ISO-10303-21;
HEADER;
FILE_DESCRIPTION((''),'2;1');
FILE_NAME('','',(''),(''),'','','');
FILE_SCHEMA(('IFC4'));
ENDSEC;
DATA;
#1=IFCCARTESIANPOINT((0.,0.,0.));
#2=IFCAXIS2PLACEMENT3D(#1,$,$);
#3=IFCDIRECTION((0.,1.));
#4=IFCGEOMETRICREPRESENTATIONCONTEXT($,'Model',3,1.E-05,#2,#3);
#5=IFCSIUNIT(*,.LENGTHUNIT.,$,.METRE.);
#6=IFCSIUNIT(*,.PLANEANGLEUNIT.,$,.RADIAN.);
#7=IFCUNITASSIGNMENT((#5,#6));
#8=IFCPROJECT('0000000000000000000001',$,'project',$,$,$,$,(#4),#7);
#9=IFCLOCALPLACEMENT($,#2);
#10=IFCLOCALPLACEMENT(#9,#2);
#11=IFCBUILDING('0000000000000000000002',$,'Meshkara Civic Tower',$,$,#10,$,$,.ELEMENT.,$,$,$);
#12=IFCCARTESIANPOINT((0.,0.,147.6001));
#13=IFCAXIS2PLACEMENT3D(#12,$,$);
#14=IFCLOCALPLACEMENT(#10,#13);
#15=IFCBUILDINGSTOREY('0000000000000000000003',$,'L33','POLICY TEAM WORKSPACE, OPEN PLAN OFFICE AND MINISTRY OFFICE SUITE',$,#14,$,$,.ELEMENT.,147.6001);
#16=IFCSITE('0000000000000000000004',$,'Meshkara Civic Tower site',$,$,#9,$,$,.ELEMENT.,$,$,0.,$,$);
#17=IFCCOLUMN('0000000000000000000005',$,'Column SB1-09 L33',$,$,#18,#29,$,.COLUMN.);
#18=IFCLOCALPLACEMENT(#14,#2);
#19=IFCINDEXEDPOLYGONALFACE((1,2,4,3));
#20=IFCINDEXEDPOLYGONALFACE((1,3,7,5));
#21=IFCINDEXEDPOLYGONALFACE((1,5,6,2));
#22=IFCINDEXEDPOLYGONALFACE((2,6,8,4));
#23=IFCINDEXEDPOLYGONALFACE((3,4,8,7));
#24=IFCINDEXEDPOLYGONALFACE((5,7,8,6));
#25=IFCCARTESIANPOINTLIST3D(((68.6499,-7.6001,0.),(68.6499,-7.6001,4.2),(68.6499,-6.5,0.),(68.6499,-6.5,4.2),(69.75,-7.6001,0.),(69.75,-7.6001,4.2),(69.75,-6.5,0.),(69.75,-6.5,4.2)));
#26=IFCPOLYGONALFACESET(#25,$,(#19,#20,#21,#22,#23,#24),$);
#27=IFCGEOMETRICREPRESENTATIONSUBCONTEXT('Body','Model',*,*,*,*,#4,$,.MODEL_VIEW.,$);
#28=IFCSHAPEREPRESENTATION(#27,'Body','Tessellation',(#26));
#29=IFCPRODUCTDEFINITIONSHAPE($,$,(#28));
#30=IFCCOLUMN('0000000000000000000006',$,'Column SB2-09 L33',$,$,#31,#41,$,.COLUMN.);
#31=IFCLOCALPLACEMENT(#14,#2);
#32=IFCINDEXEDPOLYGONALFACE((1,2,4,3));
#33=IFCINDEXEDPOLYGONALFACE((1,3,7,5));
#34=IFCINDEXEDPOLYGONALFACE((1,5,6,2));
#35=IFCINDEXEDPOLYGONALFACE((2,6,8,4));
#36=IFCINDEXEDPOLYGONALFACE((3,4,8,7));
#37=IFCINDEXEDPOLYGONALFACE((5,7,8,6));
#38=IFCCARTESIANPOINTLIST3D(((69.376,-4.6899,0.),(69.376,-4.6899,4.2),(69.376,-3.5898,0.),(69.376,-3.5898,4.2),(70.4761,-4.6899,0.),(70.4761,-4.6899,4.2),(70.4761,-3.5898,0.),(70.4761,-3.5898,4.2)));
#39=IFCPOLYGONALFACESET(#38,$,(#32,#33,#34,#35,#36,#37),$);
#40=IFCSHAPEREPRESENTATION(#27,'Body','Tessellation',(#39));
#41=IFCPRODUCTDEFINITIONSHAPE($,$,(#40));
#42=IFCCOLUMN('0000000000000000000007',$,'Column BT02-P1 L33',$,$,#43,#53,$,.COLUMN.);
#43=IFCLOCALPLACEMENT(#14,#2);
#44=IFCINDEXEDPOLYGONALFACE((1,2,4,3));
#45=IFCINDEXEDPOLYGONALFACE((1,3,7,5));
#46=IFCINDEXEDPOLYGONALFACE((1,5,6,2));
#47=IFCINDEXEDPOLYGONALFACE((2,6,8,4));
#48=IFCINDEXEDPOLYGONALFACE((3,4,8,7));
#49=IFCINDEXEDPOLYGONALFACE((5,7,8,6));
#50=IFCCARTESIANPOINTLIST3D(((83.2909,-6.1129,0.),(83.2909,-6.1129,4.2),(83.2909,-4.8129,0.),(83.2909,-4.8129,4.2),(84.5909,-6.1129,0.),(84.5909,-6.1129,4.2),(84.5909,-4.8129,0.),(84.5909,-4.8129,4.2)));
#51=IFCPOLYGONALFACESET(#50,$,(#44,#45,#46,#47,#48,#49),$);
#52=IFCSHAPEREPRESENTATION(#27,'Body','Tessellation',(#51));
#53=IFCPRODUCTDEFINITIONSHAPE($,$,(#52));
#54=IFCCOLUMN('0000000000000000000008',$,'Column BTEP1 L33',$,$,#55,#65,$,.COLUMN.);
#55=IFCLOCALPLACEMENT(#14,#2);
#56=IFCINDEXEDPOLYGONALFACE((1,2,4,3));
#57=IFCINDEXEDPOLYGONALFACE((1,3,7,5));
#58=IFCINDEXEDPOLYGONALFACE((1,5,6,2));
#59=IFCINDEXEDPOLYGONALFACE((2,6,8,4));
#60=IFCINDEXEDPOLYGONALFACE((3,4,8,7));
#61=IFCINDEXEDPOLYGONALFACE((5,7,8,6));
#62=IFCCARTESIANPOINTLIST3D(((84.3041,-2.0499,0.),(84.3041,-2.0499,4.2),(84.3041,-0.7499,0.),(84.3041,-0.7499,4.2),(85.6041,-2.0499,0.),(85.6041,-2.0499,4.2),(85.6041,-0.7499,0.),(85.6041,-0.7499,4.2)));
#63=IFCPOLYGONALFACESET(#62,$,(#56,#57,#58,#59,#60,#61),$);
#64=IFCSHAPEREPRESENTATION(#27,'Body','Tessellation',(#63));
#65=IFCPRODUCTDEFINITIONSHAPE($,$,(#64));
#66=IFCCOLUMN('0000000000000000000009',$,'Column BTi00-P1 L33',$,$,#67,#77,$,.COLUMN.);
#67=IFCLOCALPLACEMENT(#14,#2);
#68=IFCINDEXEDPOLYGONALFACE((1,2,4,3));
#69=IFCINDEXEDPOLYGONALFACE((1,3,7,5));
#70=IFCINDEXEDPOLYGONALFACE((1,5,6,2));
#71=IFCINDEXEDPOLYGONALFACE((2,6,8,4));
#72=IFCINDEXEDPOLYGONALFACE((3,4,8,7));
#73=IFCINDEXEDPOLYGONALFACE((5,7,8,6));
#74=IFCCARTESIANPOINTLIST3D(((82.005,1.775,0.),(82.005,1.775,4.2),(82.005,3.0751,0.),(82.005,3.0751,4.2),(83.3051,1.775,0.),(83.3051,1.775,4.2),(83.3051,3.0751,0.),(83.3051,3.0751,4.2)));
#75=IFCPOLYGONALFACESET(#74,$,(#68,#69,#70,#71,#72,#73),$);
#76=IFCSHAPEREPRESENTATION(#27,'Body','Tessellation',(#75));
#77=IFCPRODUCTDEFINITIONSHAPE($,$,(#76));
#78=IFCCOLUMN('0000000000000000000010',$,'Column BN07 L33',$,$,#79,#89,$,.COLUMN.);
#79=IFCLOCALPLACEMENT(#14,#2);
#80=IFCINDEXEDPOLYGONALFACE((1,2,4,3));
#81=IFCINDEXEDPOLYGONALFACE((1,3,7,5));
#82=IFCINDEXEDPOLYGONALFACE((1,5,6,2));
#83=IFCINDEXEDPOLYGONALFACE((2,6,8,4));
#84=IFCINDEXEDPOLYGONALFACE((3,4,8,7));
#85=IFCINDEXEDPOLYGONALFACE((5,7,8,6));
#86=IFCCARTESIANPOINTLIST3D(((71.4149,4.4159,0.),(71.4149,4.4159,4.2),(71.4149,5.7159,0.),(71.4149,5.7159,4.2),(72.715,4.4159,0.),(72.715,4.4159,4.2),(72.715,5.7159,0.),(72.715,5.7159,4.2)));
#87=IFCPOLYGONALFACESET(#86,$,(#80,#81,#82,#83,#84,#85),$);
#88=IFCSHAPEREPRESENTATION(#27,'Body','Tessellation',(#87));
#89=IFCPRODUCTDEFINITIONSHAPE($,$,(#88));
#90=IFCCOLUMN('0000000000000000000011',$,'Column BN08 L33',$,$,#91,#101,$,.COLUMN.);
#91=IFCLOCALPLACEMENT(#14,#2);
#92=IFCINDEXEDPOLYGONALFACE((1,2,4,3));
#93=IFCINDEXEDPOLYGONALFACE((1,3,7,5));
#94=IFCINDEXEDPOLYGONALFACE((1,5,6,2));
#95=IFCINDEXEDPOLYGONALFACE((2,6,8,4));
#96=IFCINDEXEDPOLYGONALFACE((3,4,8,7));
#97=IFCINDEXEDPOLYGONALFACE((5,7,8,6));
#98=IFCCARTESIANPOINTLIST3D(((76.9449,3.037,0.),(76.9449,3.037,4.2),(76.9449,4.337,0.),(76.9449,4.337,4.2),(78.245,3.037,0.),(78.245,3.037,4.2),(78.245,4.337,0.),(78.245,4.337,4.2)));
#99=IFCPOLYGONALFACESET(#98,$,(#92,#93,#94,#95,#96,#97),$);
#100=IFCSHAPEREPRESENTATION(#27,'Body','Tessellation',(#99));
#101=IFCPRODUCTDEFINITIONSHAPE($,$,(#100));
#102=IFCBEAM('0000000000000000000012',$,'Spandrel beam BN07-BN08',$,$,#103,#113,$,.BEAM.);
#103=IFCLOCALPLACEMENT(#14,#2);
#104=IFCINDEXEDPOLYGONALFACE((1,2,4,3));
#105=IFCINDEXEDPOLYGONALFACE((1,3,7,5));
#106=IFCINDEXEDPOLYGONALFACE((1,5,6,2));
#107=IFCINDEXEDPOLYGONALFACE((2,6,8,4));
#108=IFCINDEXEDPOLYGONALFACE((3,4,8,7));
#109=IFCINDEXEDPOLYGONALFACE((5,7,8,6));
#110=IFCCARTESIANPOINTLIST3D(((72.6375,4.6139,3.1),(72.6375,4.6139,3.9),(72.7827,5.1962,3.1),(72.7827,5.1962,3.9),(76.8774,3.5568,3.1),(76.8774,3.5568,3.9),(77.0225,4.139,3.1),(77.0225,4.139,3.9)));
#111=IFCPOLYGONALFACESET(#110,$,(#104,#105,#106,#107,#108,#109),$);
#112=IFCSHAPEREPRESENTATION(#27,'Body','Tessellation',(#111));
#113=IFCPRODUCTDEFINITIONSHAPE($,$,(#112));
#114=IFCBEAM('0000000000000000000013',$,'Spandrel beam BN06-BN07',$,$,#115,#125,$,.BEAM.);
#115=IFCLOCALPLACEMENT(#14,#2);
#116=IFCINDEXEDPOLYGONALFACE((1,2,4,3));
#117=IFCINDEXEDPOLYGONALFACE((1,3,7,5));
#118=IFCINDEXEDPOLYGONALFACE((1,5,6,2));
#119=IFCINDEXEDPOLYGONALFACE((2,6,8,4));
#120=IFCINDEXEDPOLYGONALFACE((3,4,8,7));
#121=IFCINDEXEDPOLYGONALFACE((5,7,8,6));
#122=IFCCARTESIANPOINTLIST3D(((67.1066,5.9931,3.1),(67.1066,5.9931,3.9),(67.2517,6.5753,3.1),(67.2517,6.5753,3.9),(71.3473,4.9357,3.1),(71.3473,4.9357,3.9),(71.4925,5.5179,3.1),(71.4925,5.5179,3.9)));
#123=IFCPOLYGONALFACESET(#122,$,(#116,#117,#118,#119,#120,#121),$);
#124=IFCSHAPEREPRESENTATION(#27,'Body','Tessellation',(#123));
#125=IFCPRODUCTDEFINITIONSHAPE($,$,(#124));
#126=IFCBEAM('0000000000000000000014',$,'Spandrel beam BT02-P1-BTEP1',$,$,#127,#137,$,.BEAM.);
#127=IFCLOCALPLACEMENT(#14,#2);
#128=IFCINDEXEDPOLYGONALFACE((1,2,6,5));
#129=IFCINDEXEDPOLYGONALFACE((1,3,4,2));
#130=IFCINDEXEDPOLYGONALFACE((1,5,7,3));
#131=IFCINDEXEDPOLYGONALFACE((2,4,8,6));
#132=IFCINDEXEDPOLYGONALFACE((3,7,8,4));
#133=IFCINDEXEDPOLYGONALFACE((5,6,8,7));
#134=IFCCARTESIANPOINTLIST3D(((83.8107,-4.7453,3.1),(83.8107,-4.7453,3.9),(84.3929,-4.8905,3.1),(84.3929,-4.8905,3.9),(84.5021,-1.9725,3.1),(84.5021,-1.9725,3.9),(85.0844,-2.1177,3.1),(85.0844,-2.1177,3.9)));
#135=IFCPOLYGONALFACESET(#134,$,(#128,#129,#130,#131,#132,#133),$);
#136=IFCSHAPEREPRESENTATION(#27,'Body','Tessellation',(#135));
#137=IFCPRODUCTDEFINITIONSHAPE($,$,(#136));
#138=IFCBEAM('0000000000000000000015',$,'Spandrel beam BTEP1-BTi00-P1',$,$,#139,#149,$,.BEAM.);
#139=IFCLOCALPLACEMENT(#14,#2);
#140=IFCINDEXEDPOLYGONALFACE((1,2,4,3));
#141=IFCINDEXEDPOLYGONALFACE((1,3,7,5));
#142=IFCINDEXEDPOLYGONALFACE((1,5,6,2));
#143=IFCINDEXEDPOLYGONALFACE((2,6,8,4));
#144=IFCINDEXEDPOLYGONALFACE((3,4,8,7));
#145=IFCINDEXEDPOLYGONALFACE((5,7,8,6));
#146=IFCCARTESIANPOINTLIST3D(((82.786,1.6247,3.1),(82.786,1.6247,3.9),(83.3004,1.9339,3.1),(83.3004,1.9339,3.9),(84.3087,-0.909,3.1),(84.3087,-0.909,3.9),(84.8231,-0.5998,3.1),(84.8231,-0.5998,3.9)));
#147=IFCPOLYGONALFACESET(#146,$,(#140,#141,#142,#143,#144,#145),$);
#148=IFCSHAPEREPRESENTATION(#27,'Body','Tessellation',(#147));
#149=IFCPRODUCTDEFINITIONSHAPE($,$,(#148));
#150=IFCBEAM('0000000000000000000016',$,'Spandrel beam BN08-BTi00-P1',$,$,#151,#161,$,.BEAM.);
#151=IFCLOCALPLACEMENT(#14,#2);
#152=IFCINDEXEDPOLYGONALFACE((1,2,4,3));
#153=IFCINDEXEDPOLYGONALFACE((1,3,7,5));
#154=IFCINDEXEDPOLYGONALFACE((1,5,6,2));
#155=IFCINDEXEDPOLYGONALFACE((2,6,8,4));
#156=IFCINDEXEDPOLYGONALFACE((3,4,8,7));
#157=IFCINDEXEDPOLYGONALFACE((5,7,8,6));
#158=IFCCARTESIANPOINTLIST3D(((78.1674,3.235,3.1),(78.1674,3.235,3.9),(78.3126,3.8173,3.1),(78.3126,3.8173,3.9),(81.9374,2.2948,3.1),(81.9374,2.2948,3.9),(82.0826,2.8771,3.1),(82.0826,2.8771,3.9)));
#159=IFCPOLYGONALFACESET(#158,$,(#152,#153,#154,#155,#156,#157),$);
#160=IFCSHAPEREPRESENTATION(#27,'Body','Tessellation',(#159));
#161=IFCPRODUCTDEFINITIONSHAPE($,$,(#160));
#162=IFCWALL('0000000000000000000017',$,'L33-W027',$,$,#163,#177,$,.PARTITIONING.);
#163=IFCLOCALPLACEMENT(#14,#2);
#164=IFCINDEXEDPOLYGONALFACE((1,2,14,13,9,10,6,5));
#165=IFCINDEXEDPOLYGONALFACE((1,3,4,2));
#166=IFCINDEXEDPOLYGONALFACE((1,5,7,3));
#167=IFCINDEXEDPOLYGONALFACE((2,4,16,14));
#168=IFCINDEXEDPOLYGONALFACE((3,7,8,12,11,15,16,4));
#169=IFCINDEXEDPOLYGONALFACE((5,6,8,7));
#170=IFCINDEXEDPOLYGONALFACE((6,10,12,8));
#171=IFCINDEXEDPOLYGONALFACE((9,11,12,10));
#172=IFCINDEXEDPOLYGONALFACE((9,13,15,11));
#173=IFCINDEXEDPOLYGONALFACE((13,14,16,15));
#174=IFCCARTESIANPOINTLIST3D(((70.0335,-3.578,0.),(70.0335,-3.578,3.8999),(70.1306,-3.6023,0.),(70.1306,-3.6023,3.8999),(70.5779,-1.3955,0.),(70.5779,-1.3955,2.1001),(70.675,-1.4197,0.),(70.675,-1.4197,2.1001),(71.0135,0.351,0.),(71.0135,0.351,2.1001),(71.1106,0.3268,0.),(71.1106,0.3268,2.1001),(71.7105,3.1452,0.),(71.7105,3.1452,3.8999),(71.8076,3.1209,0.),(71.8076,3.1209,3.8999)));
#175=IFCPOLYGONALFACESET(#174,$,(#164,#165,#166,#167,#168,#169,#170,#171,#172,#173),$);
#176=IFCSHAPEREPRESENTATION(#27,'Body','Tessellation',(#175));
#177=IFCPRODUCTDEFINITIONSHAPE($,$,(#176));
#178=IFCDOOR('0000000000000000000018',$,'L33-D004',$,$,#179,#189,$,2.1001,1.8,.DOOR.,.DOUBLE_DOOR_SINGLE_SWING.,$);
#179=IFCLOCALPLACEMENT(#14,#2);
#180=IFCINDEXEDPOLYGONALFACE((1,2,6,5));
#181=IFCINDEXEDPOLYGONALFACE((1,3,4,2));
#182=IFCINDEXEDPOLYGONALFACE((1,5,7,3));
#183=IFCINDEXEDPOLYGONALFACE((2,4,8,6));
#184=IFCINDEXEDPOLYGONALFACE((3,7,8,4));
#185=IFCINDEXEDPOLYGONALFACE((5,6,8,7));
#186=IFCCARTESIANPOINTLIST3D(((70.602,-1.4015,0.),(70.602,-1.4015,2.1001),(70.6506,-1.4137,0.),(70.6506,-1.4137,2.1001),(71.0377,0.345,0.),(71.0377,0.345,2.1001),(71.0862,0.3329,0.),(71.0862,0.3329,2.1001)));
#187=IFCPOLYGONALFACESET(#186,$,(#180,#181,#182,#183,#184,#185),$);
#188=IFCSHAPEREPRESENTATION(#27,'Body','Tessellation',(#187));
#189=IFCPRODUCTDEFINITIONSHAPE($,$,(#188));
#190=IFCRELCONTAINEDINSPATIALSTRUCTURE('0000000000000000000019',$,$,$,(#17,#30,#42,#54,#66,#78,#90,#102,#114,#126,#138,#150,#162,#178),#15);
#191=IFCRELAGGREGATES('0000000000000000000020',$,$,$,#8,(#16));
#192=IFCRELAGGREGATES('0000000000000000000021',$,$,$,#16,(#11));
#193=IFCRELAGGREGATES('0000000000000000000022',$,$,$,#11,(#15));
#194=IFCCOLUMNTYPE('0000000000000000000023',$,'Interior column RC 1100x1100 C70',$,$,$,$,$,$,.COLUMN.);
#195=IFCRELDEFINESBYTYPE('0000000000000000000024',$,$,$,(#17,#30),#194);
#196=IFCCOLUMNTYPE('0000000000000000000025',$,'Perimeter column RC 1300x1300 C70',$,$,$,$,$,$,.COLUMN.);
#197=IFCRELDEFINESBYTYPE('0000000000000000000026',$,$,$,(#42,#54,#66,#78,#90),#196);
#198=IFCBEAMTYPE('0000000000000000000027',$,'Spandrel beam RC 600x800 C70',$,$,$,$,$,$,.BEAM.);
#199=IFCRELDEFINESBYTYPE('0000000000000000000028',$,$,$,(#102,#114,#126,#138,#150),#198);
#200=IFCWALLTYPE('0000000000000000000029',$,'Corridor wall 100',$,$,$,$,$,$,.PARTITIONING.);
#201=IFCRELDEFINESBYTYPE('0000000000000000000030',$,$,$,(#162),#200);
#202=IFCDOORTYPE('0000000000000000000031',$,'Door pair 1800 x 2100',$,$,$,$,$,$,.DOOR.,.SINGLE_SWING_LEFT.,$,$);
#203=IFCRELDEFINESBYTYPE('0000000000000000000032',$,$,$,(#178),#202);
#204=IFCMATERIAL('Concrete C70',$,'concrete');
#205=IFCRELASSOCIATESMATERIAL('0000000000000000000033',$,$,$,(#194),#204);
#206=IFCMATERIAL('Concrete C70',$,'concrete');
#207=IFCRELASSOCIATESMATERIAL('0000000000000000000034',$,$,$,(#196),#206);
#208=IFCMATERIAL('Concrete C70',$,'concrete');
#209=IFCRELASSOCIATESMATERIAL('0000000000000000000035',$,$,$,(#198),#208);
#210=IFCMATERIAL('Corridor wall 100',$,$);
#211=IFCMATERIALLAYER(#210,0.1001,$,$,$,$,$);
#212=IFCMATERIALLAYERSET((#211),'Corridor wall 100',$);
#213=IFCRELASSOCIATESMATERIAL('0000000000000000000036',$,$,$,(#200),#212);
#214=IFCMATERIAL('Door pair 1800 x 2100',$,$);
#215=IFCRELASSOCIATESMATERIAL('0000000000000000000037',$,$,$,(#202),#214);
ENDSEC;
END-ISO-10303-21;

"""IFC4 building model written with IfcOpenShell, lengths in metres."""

from ifc_helpers import new_model, si_unit, direction, frame, frame_2d, origin, origin_2d, place, context, subcontext, project, spatial, rectangle, extrude, material, layer, layer_set, material_profile, profile_set, type_object, element, fill, save


model = new_model("IFC4")

# Units and contexts
model_context = context("Model", 3, precision=1e-05, world=origin(), true_north=direction((0.0, 1.0)))
body_context = subcontext(model_context, "Body", "Model", "MODEL_VIEW")
ifc_project = project(units=[si_unit("LENGTHUNIT", "METRE"), si_unit("PLANEANGLEUNIT", "RADIAN")], contexts=[model_context])

# Site, building, storey
site_placement = place(None, origin())
site = spatial("IfcSite", under=ifc_project, at=site_placement, Name="Meshkara Civic Tower site", CompositionType="ELEMENT", RefElevation=0.0)
building_placement = place(site_placement, origin())
building = spatial("IfcBuilding", under=site, at=building_placement, Name="Meshkara Civic Tower", CompositionType="ELEMENT")
storey_placement = place(building_placement, frame((0.0, 0.0, 147.6001)))
storey = spatial("IfcBuildingStorey", under=building, at=storey_placement, Name="L33", Description="POLICY TEAM WORKSPACE, OPEN PLAN OFFICE AND MINISTRY OFFICE SUITE", CompositionType="ELEMENT", Elevation=147.6001)

# Columns
ifc_material_1 = material(Name="Concrete C70", Category="concrete")
ifc_material_profile_1 = material_profile(ifc_material_1, rectangle(XDim=1.1001, YDim=1.1001, at=origin_2d()))
ifc_profile_set_1 = profile_set([ifc_material_profile_1], Name="Concrete C70")
column_type_1 = type_object("IfcColumnType", Name="Interior column RC 1100x1100 C70", PredefinedType="COLUMN", material=ifc_profile_set_1)
for number, where, z_axis, x_axis, name in (
    (1, (69.2, -7.05, 0.0), (0.0, 0.0, 1.0), (1.0, 0.0, 0.0), "Column SB1-09 L33"),
    (2, (69.926, -4.1399, 0.0), (0.0, 0.0, 1.0), (1.0, 0.0, 0.0), "Column SB2-09 L33"),
):
    element("IfcColumn", number, at=place(storey_placement, frame(where, z_axis=z_axis, x_axis=x_axis)), inside=storey, type_object=column_type_1, Name=name, PredefinedType="COLUMN", context=body_context, shape_type="SweptSolid", body=[
        extrude(rectangle(XDim=1.1001, YDim=1.1001, at=origin_2d()), origin(), (0.0, 0.0, 1.0), 4.2),
    ])
ifc_material_2 = material(Name="Concrete C70", Category="concrete")
ifc_material_profile_2 = material_profile(ifc_material_2, rectangle(XDim=1.3, YDim=1.3, at=origin_2d()))
ifc_profile_set_2 = profile_set([ifc_material_profile_2], Name="Concrete C70")
column_type_2 = type_object("IfcColumnType", Name="Perimeter column RC 1300x1300 C70", PredefinedType="COLUMN", material=ifc_profile_set_2)
for number, where, z_axis, x_axis, name in (
    (3, (83.9409, -5.4629, 0.0), (0.0, 0.0, 1.0), (1.0, 0.0, 0.0), "Column BT02-P1 L33"),
    (4, (84.9541, -1.3999, 0.0), (0.0, 0.0, 1.0), (1.0, 0.0, 0.0), "Column BTEP1 L33"),
    (5, (82.655, 2.425, 0.0), (0.0, 0.0, 1.0), (1.0, 0.0, 0.0), "Column BTi00-P1 L33"),
    (6, (72.0649, 5.0659, 0.0), (0.0, 0.0, 1.0), (1.0, 0.0, 0.0), "Column BN07 L33"),
    (7, (77.595, 3.687, 0.0), (0.0, 0.0, 1.0), (1.0, 0.0, 0.0), "Column BN08 L33"),
):
    element("IfcColumn", number, at=place(storey_placement, frame(where, z_axis=z_axis, x_axis=x_axis)), inside=storey, type_object=column_type_2, Name=name, PredefinedType="COLUMN", context=body_context, shape_type="SweptSolid", body=[
        extrude(rectangle(XDim=1.3, YDim=1.3, at=origin_2d()), origin(), (0.0, 0.0, 1.0), 4.2),
    ])

# Beams
ifc_material_3 = material(Name="Concrete C70", Category="concrete")
ifc_material_profile_3 = material_profile(ifc_material_3, rectangle(XDim=0.6001, YDim=0.8, at=origin_2d()))
ifc_profile_set_3 = profile_set([ifc_material_profile_3], Name="Concrete C70")
beam_type = type_object("IfcBeamType", Name="Spandrel beam RC 600x800 C70", PredefinedType="BEAM", material=ifc_profile_set_3)
beam_1_placement = place(storey_placement, frame((76.95, 3.8479, 3.5), z_axis=(-0.970293, 0.241931, 0.0), x_axis=(-0.241931, -0.970293, 0.0)))
element("IfcBeam", 8, at=beam_1_placement, inside=storey, type_object=beam_type, Name="Spandrel beam BN07-BN08", PredefinedType="BEAM", context=body_context, shape_type="SweptSolid", body=[
    extrude(rectangle(XDim=0.6001, YDim=0.8, at=origin_2d()), origin(), (0.0, 0.0, 1.0), 4.3696),
])
beam_2_placement = place(storey_placement, frame((71.4199, 5.2268, 3.5), z_axis=(-0.970293, 0.241931, 0.0), x_axis=(-0.241931, -0.970293, 0.0)))
element("IfcBeam", 9, at=beam_2_placement, inside=storey, type_object=beam_type, Name="Spandrel beam BN06-BN07", PredefinedType="BEAM", context=body_context, shape_type="SweptSolid", body=[
    extrude(rectangle(XDim=0.6001, YDim=0.8, at=origin_2d()), origin(), (0.0, 0.0, 1.0), 4.3706),
])
beam_3_placement = place(storey_placement, frame((84.1018, -4.8179, 3.5), z_axis=(0.241953, 0.970288, 0.0), x_axis=(-0.970288, 0.241953, 0.0)))
element("IfcBeam", 10, at=beam_3_placement, inside=storey, type_object=beam_type, Name="Spandrel beam BT02-P1-BTEP1", PredefinedType="BEAM", context=body_context, shape_type="SweptSolid", body=[
    extrude(rectangle(XDim=0.6001, YDim=0.8, at=origin_2d()), origin(), (0.0, 0.0, 1.0), 2.8577),
])
beam_4_placement = place(storey_placement, frame((84.5659, -0.7544, 3.5), z_axis=(-0.515115, 0.857121, 0.0), x_axis=(-0.857121, -0.515115, 0.0)))
element("IfcBeam", 11, at=beam_4_placement, inside=storey, type_object=beam_type, Name="Spandrel beam BTEP1-BTi00-P1", PredefinedType="BEAM", context=body_context, shape_type="SweptSolid", body=[
    extrude(rectangle(XDim=0.6001, YDim=0.8, at=origin_2d()), origin(), (0.0, 0.0, 1.0), 2.9561),
])
beam_5_placement = place(storey_placement, frame((82.01, 2.5859, 3.5), z_axis=(-0.970283, 0.241974, 0.0), x_axis=(-0.241974, -0.970283, 0.0)))
element("IfcBeam", 12, at=beam_5_placement, inside=storey, type_object=beam_type, Name="Spandrel beam BN08-BTi00-P1", PredefinedType="BEAM", context=body_context, shape_type="SweptSolid", body=[
    extrude(rectangle(XDim=0.6001, YDim=0.8, at=origin_2d()), origin(), (0.0, 0.0, 1.0), 3.8855),
])

# Wall, opening, door
ifc_material_4 = material(Name="Corridor wall 100")
ifc_layer_1 = layer(ifc_material_4, 0.1001)
ifc_layer_set_1 = layer_set([ifc_layer_1], Name="Corridor wall 100")
wall_type_1 = type_object("IfcWallType", Name="Corridor wall 100", PredefinedType="PARTITIONING", material=ifc_layer_set_1)
wall_1_placement = place(storey_placement, frame((71.759, 3.1331, 0.0), z_axis=(0.0, 0.0, 1.0), x_axis=(-0.242022, -0.970271, 0.0)))
wall_1 = element("IfcWall", 13, at=wall_1_placement, inside=storey, type_object=wall_type_1, Name="L33-W027", PredefinedType="PARTITIONING", context=body_context, shape_type="SweptSolid", body=[
    extrude(rectangle(XDim=6.9292, YDim=0.1001, at=frame_2d((3.4646, 0.0))), origin(), (0.0, 0.0, 1.0), 3.8999),
])
opening_1_placement = place(wall_1_placement, frame((2.8799, 0.0, 0.0)))
opening_1 = element("IfcOpeningElement", 14, at=opening_1_placement, cuts=wall_1, PredefinedType="OPENING", context=body_context, shape_type="SweptSolid", body=[
    extrude(rectangle(XDim=1.8, YDim=2.1001, at=frame_2d((0.8999, 1.05))), frame((0.0, 0.0601, 0.0), z_axis=(0.0, -1.0, 0.0), x_axis=(1.0, 0.0, 0.0)), (0.0, 0.0, 1.0), 0.1201),
])
ifc_material_5 = material(Name="Door pair 1800 x 2100")
door_type_1 = type_object("IfcDoorType", Name="Door pair 1800 x 2100", OperationType="SINGLE_SWING_LEFT", PredefinedType="DOOR", material=ifc_material_5)
door_1_placement = place(opening_1_placement, origin())
door_1 = element("IfcDoor", 15, at=door_1_placement, inside=storey, type_object=door_type_1, Name="L33-D004", OperationType="DOUBLE_DOOR_SINGLE_SWING", OverallHeight=2.1001, OverallWidth=1.8, PredefinedType="DOOR", context=body_context, shape_type="SweptSolid", body=[
    extrude(rectangle(XDim=1.8, YDim=2.1001, at=frame_2d((0.8999, 1.05))), frame((0.0, 0.0249, 0.0), z_axis=(0.0, -1.0, 0.0), x_axis=(1.0, 0.0, 0.0)), (0.0, 0.0, 1.0), 0.05),
])
fill(opening_1, door_1)

save(model, "model.ifc")
